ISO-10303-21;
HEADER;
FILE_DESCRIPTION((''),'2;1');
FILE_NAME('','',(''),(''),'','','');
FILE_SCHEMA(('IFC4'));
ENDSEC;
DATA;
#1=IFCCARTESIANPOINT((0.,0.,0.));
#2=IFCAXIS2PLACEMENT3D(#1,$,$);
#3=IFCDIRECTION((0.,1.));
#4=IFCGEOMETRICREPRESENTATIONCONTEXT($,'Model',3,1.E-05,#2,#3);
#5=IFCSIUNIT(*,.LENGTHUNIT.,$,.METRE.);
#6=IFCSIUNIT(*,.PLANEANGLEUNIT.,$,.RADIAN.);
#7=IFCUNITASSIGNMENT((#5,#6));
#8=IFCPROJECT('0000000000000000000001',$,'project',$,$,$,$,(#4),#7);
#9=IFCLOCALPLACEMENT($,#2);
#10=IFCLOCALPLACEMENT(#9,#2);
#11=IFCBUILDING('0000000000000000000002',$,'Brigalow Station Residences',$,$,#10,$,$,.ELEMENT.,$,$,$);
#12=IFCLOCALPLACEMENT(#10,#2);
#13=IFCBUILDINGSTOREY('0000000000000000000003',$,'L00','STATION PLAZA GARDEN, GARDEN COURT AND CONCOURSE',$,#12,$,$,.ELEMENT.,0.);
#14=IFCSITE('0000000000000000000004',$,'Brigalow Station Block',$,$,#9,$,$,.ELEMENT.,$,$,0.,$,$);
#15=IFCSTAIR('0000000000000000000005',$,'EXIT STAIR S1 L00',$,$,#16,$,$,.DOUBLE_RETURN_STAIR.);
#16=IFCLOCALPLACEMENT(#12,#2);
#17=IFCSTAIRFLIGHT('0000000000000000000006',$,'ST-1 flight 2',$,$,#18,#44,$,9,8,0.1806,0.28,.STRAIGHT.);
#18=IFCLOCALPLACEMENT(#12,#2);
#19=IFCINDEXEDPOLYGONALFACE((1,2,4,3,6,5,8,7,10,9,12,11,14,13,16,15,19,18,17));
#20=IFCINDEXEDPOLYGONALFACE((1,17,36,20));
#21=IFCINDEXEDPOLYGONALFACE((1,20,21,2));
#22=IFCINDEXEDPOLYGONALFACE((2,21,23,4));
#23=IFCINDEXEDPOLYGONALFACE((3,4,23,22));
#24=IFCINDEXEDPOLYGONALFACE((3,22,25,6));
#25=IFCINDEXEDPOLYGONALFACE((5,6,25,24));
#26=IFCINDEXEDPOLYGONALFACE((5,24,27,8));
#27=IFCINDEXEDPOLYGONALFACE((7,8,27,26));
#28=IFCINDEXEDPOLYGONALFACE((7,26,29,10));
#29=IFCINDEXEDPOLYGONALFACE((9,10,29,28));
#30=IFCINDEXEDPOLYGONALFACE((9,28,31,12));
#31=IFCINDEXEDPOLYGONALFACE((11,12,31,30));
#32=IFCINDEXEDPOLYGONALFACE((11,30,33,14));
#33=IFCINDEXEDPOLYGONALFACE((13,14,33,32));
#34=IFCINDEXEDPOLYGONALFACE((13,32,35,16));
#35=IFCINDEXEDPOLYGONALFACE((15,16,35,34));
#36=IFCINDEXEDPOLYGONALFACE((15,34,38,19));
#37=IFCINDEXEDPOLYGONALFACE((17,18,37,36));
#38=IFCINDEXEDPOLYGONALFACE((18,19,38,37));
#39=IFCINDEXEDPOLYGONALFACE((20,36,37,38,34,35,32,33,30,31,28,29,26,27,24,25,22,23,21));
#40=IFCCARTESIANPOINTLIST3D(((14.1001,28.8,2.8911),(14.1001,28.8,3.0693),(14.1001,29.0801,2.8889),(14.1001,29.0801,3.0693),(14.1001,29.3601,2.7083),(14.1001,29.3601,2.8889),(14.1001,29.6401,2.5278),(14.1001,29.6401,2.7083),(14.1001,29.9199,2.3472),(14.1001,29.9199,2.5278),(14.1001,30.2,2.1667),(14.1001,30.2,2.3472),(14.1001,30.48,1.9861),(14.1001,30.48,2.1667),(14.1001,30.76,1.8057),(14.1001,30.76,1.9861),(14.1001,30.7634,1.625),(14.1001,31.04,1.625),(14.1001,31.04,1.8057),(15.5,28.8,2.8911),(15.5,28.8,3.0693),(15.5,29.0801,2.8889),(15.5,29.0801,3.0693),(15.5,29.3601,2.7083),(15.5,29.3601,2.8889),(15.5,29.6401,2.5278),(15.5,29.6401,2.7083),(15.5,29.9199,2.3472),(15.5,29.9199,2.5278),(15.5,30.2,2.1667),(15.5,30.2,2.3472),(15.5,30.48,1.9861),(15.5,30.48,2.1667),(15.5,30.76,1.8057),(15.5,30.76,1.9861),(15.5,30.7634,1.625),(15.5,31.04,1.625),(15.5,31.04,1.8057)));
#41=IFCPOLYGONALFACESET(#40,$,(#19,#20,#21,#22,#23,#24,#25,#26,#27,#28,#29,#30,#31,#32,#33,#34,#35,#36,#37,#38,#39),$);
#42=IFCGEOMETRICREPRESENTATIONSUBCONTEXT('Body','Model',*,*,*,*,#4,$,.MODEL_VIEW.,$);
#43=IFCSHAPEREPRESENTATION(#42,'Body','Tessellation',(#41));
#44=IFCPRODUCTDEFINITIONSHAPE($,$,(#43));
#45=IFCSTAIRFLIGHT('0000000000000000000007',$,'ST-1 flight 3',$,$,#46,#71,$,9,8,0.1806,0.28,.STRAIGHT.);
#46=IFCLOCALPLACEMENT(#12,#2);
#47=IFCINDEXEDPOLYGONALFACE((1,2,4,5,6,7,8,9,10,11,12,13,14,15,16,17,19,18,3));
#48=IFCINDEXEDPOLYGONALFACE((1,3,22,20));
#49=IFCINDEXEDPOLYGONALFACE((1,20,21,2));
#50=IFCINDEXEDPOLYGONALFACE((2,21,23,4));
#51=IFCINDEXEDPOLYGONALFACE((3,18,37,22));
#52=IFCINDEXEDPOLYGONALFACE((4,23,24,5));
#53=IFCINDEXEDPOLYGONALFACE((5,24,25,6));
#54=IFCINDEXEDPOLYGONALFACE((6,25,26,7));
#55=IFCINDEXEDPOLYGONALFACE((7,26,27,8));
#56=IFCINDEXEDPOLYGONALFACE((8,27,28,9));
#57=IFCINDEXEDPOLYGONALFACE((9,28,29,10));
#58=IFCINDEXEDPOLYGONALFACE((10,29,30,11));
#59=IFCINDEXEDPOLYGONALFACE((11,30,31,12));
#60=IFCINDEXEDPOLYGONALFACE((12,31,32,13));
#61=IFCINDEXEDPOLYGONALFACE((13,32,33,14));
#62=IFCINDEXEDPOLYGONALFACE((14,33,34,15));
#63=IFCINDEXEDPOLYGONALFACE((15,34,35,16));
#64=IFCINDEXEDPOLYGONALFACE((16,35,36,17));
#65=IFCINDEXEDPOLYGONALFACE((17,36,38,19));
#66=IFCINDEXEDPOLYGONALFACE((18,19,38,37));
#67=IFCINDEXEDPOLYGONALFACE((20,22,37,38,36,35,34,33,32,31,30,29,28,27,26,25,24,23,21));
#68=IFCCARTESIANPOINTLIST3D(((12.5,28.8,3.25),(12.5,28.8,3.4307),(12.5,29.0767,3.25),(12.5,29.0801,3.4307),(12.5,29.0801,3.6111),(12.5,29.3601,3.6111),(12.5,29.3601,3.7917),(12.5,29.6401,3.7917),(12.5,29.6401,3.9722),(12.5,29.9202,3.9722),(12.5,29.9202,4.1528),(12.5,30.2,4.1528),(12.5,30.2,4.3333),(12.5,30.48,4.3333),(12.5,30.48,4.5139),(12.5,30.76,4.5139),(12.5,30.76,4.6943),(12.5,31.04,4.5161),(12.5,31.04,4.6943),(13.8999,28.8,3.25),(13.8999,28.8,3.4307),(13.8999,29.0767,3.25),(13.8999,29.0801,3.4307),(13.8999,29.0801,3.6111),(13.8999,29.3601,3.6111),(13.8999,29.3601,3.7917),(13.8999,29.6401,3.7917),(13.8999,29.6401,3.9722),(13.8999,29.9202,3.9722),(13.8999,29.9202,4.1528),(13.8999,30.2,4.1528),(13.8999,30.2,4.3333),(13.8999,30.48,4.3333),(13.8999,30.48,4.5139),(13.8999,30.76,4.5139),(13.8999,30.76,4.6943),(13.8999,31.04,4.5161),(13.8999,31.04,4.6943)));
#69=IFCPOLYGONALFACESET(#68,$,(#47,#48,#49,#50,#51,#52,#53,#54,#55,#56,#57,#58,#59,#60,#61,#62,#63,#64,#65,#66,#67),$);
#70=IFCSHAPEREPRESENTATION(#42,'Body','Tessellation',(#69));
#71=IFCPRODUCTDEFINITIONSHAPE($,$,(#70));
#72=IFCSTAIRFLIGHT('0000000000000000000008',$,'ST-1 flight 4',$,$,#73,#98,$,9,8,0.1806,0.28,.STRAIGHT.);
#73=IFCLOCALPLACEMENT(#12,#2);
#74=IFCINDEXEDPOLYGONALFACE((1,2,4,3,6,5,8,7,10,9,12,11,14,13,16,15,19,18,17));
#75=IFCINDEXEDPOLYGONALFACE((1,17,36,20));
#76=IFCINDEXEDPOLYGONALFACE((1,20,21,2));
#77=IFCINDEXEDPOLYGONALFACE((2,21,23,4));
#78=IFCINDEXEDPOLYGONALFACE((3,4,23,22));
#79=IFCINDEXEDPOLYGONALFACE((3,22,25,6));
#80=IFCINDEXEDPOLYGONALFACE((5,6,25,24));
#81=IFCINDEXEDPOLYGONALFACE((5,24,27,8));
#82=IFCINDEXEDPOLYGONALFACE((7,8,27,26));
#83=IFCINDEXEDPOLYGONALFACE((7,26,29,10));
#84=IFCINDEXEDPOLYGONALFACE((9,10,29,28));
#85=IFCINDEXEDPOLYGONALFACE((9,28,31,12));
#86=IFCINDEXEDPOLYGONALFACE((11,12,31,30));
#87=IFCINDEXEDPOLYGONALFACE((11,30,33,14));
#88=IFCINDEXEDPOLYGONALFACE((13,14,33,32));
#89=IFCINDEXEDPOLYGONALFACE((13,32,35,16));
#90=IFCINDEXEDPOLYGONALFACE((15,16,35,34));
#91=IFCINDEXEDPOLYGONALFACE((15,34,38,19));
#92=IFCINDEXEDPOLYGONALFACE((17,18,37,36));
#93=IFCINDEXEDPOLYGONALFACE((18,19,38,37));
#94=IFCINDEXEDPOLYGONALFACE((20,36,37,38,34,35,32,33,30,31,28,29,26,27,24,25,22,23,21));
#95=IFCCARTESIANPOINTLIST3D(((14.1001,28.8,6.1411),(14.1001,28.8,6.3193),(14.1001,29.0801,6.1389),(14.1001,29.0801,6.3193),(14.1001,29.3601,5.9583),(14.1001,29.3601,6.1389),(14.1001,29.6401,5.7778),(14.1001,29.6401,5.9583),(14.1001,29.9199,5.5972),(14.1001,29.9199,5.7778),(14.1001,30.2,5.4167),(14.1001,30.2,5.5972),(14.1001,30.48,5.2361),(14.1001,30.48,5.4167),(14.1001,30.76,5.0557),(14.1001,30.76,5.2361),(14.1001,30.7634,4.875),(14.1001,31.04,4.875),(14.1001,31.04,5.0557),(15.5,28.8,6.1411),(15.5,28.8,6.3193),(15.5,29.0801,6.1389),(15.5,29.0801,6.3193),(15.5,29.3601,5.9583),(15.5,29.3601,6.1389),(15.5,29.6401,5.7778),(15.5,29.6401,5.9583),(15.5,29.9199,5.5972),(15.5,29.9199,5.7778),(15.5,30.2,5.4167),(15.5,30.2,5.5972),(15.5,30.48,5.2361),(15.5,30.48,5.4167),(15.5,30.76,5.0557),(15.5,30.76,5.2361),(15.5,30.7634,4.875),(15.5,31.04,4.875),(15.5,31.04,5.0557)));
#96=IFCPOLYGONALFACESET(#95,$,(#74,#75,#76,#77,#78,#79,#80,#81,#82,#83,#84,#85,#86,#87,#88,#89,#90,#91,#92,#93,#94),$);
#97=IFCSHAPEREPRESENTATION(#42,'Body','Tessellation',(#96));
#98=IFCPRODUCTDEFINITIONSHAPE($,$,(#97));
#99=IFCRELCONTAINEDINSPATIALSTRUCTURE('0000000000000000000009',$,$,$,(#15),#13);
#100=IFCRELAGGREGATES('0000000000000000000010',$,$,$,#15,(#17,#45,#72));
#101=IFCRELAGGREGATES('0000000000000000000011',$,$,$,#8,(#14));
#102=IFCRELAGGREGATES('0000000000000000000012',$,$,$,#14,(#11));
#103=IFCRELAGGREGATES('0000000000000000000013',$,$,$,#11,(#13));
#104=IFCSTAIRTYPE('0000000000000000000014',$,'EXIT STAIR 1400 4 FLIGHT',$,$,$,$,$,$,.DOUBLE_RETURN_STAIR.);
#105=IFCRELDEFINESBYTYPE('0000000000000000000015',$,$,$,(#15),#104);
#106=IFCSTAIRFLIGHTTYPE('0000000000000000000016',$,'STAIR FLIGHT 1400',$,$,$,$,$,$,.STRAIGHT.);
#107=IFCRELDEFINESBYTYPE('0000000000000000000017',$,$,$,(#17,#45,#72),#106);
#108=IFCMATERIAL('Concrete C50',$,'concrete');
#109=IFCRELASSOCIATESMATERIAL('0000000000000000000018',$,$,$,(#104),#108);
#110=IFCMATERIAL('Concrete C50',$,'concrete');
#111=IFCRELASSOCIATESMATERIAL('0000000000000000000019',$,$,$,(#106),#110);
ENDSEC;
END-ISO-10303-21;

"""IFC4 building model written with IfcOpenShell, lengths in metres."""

from ifc_helpers import new_model, si_unit, direction, frame, origin, place, context, subcontext, project, spatial, polyline, outline, extrude, material, type_object, element, aggregate, save


model = new_model("IFC4")

# Units and contexts
model_context = context("Model", 3, precision=1e-05, world=origin(), true_north=direction((0.0, 1.0)))
body_context = subcontext(model_context, "Body", "Model", "MODEL_VIEW")
ifc_project = project(units=[si_unit("LENGTHUNIT", "METRE"), si_unit("PLANEANGLEUNIT", "RADIAN")], contexts=[model_context])

# Site, building, storey
site_placement = place(None, origin())
site = spatial("IfcSite", under=ifc_project, at=site_placement, Name="Brigalow Station Block", CompositionType="ELEMENT", RefElevation=0.0)
building_placement = place(site_placement, origin())
building = spatial("IfcBuilding", under=site, at=building_placement, Name="Brigalow Station Residences", CompositionType="ELEMENT")
storey_placement = place(building_placement, origin())
storey = spatial("IfcBuildingStorey", under=building, at=storey_placement, Name="L00", Description="STATION PLAZA GARDEN, GARDEN COURT AND CONCOURSE", CompositionType="ELEMENT", Elevation=0.0)

# Stair, stair flights
ifc_material_1 = material(Name="Concrete C50", Category="concrete")
stair_type = type_object("IfcStairType", Name="EXIT STAIR 1400 4 FLIGHT", PredefinedType="DOUBLE_RETURN_STAIR", material=ifc_material_1)
stair_placement = place(storey_placement, origin())
stair = element("IfcStair", 1, at=stair_placement, inside=storey, type_object=stair_type, Name="EXIT STAIR S1 L00", PredefinedType="DOUBLE_RETURN_STAIR")
ifc_material_2 = material(Name="Concrete C50", Category="concrete")
stair_flight_type = type_object("IfcStairFlightType", Name="STAIR FLIGHT 1400", PredefinedType="STRAIGHT", material=ifc_material_2)
stair_flight_1_placement = place(storey_placement, frame((14.8, 31.04, 1.625), z_axis=(0.0, 0.0, 1.0), x_axis=(0.0, -1.0, 0.0)))
stair_flight_1 = element("IfcStairFlight", 2, at=stair_flight_1_placement, type_object=stair_flight_type, Name="ST-1 flight 2", NumberOfRisers=9, NumberOfTreads=8, PredefinedType="STRAIGHT", RiserHeight=0.1806, TreadLength=0.28, context=body_context, shape_type="SweptSolid", body=[
    extrude(outline(polyline([(0.0, 0.0), (0.0, 0.1807), (0.28, 0.1807), (0.28, 0.3611), (0.5601, 0.3611), (0.5601, 0.5417), (0.8401, 0.5417), (0.8401, 0.7222), (1.1201, 0.7222), (1.1201, 0.9028), (1.3999, 0.9028), (1.3999, 1.0833), (1.6799, 1.0833), (1.6799, 1.2639), (1.96, 1.2639), (1.96, 1.4443), (2.24, 1.4443), (2.24, 1.625), (2.24, 1.2661), (0.2766, 0.0), (0.0, 0.0)])), frame((0.0, 0.7, 0.0), z_axis=(0.0, -1.0, 0.0), x_axis=(1.0, 0.0, 0.0)), (0.0, 0.0, 1.0), 1.3999),
])
stair_flight_2_placement = place(storey_placement, frame((13.2, 28.8, 3.25), z_axis=(0.0, 0.0, 1.0), x_axis=(0.0, 1.0, 0.0)))
stair_flight_2 = element("IfcStairFlight", 3, at=stair_flight_2_placement, type_object=stair_flight_type, Name="ST-1 flight 3", NumberOfRisers=9, NumberOfTreads=8, PredefinedType="STRAIGHT", RiserHeight=0.1806, TreadLength=0.28, context=body_context, shape_type="SweptSolid", body=[
    extrude(outline(polyline([(0.0, 0.0), (0.0, 0.1807), (0.28, 0.1807), (0.28, 0.3611), (0.5601, 0.3611), (0.5601, 0.5417), (0.8401, 0.5417), (0.8401, 0.7222), (1.1201, 0.7222), (1.1201, 0.9028), (1.3999, 0.9028), (1.3999, 1.0833), (1.6799, 1.0833), (1.6799, 1.2639), (1.96, 1.2639), (1.96, 1.4443), (2.24, 1.4443), (2.24, 1.625), (2.24, 1.2661), (0.2766, 0.0), (0.0, 0.0)])), frame((0.0, 0.7, 0.0), z_axis=(0.0, -1.0, 0.0), x_axis=(1.0, 0.0, 0.0)), (0.0, 0.0, 1.0), 1.3999),
])
stair_flight_3_placement = place(storey_placement, frame((14.8, 31.04, 4.875), z_axis=(0.0, 0.0, 1.0), x_axis=(0.0, -1.0, 0.0)))
stair_flight_3 = element("IfcStairFlight", 4, at=stair_flight_3_placement, type_object=stair_flight_type, Name="ST-1 flight 4", NumberOfRisers=9, NumberOfTreads=8, PredefinedType="STRAIGHT", RiserHeight=0.1806, TreadLength=0.28, context=body_context, shape_type="SweptSolid", body=[
    extrude(outline(polyline([(0.0, 0.0), (0.0, 0.1807), (0.28, 0.1807), (0.28, 0.3611), (0.5601, 0.3611), (0.5601, 0.5417), (0.8401, 0.5417), (0.8401, 0.7222), (1.1201, 0.7222), (1.1201, 0.9028), (1.3999, 0.9028), (1.3999, 1.0833), (1.6799, 1.0833), (1.6799, 1.2639), (1.96, 1.2639), (1.96, 1.4443), (2.24, 1.4443), (2.24, 1.625), (2.24, 1.2661), (0.2766, 0.0), (0.0, 0.0)])), frame((0.0, 0.7, 0.0), z_axis=(0.0, -1.0, 0.0), x_axis=(1.0, 0.0, 0.0)), (0.0, 0.0, 1.0), 1.3999),
])
aggregate(stair, [stair_flight_1, stair_flight_2, stair_flight_3])

save(model, "model.ifc")
